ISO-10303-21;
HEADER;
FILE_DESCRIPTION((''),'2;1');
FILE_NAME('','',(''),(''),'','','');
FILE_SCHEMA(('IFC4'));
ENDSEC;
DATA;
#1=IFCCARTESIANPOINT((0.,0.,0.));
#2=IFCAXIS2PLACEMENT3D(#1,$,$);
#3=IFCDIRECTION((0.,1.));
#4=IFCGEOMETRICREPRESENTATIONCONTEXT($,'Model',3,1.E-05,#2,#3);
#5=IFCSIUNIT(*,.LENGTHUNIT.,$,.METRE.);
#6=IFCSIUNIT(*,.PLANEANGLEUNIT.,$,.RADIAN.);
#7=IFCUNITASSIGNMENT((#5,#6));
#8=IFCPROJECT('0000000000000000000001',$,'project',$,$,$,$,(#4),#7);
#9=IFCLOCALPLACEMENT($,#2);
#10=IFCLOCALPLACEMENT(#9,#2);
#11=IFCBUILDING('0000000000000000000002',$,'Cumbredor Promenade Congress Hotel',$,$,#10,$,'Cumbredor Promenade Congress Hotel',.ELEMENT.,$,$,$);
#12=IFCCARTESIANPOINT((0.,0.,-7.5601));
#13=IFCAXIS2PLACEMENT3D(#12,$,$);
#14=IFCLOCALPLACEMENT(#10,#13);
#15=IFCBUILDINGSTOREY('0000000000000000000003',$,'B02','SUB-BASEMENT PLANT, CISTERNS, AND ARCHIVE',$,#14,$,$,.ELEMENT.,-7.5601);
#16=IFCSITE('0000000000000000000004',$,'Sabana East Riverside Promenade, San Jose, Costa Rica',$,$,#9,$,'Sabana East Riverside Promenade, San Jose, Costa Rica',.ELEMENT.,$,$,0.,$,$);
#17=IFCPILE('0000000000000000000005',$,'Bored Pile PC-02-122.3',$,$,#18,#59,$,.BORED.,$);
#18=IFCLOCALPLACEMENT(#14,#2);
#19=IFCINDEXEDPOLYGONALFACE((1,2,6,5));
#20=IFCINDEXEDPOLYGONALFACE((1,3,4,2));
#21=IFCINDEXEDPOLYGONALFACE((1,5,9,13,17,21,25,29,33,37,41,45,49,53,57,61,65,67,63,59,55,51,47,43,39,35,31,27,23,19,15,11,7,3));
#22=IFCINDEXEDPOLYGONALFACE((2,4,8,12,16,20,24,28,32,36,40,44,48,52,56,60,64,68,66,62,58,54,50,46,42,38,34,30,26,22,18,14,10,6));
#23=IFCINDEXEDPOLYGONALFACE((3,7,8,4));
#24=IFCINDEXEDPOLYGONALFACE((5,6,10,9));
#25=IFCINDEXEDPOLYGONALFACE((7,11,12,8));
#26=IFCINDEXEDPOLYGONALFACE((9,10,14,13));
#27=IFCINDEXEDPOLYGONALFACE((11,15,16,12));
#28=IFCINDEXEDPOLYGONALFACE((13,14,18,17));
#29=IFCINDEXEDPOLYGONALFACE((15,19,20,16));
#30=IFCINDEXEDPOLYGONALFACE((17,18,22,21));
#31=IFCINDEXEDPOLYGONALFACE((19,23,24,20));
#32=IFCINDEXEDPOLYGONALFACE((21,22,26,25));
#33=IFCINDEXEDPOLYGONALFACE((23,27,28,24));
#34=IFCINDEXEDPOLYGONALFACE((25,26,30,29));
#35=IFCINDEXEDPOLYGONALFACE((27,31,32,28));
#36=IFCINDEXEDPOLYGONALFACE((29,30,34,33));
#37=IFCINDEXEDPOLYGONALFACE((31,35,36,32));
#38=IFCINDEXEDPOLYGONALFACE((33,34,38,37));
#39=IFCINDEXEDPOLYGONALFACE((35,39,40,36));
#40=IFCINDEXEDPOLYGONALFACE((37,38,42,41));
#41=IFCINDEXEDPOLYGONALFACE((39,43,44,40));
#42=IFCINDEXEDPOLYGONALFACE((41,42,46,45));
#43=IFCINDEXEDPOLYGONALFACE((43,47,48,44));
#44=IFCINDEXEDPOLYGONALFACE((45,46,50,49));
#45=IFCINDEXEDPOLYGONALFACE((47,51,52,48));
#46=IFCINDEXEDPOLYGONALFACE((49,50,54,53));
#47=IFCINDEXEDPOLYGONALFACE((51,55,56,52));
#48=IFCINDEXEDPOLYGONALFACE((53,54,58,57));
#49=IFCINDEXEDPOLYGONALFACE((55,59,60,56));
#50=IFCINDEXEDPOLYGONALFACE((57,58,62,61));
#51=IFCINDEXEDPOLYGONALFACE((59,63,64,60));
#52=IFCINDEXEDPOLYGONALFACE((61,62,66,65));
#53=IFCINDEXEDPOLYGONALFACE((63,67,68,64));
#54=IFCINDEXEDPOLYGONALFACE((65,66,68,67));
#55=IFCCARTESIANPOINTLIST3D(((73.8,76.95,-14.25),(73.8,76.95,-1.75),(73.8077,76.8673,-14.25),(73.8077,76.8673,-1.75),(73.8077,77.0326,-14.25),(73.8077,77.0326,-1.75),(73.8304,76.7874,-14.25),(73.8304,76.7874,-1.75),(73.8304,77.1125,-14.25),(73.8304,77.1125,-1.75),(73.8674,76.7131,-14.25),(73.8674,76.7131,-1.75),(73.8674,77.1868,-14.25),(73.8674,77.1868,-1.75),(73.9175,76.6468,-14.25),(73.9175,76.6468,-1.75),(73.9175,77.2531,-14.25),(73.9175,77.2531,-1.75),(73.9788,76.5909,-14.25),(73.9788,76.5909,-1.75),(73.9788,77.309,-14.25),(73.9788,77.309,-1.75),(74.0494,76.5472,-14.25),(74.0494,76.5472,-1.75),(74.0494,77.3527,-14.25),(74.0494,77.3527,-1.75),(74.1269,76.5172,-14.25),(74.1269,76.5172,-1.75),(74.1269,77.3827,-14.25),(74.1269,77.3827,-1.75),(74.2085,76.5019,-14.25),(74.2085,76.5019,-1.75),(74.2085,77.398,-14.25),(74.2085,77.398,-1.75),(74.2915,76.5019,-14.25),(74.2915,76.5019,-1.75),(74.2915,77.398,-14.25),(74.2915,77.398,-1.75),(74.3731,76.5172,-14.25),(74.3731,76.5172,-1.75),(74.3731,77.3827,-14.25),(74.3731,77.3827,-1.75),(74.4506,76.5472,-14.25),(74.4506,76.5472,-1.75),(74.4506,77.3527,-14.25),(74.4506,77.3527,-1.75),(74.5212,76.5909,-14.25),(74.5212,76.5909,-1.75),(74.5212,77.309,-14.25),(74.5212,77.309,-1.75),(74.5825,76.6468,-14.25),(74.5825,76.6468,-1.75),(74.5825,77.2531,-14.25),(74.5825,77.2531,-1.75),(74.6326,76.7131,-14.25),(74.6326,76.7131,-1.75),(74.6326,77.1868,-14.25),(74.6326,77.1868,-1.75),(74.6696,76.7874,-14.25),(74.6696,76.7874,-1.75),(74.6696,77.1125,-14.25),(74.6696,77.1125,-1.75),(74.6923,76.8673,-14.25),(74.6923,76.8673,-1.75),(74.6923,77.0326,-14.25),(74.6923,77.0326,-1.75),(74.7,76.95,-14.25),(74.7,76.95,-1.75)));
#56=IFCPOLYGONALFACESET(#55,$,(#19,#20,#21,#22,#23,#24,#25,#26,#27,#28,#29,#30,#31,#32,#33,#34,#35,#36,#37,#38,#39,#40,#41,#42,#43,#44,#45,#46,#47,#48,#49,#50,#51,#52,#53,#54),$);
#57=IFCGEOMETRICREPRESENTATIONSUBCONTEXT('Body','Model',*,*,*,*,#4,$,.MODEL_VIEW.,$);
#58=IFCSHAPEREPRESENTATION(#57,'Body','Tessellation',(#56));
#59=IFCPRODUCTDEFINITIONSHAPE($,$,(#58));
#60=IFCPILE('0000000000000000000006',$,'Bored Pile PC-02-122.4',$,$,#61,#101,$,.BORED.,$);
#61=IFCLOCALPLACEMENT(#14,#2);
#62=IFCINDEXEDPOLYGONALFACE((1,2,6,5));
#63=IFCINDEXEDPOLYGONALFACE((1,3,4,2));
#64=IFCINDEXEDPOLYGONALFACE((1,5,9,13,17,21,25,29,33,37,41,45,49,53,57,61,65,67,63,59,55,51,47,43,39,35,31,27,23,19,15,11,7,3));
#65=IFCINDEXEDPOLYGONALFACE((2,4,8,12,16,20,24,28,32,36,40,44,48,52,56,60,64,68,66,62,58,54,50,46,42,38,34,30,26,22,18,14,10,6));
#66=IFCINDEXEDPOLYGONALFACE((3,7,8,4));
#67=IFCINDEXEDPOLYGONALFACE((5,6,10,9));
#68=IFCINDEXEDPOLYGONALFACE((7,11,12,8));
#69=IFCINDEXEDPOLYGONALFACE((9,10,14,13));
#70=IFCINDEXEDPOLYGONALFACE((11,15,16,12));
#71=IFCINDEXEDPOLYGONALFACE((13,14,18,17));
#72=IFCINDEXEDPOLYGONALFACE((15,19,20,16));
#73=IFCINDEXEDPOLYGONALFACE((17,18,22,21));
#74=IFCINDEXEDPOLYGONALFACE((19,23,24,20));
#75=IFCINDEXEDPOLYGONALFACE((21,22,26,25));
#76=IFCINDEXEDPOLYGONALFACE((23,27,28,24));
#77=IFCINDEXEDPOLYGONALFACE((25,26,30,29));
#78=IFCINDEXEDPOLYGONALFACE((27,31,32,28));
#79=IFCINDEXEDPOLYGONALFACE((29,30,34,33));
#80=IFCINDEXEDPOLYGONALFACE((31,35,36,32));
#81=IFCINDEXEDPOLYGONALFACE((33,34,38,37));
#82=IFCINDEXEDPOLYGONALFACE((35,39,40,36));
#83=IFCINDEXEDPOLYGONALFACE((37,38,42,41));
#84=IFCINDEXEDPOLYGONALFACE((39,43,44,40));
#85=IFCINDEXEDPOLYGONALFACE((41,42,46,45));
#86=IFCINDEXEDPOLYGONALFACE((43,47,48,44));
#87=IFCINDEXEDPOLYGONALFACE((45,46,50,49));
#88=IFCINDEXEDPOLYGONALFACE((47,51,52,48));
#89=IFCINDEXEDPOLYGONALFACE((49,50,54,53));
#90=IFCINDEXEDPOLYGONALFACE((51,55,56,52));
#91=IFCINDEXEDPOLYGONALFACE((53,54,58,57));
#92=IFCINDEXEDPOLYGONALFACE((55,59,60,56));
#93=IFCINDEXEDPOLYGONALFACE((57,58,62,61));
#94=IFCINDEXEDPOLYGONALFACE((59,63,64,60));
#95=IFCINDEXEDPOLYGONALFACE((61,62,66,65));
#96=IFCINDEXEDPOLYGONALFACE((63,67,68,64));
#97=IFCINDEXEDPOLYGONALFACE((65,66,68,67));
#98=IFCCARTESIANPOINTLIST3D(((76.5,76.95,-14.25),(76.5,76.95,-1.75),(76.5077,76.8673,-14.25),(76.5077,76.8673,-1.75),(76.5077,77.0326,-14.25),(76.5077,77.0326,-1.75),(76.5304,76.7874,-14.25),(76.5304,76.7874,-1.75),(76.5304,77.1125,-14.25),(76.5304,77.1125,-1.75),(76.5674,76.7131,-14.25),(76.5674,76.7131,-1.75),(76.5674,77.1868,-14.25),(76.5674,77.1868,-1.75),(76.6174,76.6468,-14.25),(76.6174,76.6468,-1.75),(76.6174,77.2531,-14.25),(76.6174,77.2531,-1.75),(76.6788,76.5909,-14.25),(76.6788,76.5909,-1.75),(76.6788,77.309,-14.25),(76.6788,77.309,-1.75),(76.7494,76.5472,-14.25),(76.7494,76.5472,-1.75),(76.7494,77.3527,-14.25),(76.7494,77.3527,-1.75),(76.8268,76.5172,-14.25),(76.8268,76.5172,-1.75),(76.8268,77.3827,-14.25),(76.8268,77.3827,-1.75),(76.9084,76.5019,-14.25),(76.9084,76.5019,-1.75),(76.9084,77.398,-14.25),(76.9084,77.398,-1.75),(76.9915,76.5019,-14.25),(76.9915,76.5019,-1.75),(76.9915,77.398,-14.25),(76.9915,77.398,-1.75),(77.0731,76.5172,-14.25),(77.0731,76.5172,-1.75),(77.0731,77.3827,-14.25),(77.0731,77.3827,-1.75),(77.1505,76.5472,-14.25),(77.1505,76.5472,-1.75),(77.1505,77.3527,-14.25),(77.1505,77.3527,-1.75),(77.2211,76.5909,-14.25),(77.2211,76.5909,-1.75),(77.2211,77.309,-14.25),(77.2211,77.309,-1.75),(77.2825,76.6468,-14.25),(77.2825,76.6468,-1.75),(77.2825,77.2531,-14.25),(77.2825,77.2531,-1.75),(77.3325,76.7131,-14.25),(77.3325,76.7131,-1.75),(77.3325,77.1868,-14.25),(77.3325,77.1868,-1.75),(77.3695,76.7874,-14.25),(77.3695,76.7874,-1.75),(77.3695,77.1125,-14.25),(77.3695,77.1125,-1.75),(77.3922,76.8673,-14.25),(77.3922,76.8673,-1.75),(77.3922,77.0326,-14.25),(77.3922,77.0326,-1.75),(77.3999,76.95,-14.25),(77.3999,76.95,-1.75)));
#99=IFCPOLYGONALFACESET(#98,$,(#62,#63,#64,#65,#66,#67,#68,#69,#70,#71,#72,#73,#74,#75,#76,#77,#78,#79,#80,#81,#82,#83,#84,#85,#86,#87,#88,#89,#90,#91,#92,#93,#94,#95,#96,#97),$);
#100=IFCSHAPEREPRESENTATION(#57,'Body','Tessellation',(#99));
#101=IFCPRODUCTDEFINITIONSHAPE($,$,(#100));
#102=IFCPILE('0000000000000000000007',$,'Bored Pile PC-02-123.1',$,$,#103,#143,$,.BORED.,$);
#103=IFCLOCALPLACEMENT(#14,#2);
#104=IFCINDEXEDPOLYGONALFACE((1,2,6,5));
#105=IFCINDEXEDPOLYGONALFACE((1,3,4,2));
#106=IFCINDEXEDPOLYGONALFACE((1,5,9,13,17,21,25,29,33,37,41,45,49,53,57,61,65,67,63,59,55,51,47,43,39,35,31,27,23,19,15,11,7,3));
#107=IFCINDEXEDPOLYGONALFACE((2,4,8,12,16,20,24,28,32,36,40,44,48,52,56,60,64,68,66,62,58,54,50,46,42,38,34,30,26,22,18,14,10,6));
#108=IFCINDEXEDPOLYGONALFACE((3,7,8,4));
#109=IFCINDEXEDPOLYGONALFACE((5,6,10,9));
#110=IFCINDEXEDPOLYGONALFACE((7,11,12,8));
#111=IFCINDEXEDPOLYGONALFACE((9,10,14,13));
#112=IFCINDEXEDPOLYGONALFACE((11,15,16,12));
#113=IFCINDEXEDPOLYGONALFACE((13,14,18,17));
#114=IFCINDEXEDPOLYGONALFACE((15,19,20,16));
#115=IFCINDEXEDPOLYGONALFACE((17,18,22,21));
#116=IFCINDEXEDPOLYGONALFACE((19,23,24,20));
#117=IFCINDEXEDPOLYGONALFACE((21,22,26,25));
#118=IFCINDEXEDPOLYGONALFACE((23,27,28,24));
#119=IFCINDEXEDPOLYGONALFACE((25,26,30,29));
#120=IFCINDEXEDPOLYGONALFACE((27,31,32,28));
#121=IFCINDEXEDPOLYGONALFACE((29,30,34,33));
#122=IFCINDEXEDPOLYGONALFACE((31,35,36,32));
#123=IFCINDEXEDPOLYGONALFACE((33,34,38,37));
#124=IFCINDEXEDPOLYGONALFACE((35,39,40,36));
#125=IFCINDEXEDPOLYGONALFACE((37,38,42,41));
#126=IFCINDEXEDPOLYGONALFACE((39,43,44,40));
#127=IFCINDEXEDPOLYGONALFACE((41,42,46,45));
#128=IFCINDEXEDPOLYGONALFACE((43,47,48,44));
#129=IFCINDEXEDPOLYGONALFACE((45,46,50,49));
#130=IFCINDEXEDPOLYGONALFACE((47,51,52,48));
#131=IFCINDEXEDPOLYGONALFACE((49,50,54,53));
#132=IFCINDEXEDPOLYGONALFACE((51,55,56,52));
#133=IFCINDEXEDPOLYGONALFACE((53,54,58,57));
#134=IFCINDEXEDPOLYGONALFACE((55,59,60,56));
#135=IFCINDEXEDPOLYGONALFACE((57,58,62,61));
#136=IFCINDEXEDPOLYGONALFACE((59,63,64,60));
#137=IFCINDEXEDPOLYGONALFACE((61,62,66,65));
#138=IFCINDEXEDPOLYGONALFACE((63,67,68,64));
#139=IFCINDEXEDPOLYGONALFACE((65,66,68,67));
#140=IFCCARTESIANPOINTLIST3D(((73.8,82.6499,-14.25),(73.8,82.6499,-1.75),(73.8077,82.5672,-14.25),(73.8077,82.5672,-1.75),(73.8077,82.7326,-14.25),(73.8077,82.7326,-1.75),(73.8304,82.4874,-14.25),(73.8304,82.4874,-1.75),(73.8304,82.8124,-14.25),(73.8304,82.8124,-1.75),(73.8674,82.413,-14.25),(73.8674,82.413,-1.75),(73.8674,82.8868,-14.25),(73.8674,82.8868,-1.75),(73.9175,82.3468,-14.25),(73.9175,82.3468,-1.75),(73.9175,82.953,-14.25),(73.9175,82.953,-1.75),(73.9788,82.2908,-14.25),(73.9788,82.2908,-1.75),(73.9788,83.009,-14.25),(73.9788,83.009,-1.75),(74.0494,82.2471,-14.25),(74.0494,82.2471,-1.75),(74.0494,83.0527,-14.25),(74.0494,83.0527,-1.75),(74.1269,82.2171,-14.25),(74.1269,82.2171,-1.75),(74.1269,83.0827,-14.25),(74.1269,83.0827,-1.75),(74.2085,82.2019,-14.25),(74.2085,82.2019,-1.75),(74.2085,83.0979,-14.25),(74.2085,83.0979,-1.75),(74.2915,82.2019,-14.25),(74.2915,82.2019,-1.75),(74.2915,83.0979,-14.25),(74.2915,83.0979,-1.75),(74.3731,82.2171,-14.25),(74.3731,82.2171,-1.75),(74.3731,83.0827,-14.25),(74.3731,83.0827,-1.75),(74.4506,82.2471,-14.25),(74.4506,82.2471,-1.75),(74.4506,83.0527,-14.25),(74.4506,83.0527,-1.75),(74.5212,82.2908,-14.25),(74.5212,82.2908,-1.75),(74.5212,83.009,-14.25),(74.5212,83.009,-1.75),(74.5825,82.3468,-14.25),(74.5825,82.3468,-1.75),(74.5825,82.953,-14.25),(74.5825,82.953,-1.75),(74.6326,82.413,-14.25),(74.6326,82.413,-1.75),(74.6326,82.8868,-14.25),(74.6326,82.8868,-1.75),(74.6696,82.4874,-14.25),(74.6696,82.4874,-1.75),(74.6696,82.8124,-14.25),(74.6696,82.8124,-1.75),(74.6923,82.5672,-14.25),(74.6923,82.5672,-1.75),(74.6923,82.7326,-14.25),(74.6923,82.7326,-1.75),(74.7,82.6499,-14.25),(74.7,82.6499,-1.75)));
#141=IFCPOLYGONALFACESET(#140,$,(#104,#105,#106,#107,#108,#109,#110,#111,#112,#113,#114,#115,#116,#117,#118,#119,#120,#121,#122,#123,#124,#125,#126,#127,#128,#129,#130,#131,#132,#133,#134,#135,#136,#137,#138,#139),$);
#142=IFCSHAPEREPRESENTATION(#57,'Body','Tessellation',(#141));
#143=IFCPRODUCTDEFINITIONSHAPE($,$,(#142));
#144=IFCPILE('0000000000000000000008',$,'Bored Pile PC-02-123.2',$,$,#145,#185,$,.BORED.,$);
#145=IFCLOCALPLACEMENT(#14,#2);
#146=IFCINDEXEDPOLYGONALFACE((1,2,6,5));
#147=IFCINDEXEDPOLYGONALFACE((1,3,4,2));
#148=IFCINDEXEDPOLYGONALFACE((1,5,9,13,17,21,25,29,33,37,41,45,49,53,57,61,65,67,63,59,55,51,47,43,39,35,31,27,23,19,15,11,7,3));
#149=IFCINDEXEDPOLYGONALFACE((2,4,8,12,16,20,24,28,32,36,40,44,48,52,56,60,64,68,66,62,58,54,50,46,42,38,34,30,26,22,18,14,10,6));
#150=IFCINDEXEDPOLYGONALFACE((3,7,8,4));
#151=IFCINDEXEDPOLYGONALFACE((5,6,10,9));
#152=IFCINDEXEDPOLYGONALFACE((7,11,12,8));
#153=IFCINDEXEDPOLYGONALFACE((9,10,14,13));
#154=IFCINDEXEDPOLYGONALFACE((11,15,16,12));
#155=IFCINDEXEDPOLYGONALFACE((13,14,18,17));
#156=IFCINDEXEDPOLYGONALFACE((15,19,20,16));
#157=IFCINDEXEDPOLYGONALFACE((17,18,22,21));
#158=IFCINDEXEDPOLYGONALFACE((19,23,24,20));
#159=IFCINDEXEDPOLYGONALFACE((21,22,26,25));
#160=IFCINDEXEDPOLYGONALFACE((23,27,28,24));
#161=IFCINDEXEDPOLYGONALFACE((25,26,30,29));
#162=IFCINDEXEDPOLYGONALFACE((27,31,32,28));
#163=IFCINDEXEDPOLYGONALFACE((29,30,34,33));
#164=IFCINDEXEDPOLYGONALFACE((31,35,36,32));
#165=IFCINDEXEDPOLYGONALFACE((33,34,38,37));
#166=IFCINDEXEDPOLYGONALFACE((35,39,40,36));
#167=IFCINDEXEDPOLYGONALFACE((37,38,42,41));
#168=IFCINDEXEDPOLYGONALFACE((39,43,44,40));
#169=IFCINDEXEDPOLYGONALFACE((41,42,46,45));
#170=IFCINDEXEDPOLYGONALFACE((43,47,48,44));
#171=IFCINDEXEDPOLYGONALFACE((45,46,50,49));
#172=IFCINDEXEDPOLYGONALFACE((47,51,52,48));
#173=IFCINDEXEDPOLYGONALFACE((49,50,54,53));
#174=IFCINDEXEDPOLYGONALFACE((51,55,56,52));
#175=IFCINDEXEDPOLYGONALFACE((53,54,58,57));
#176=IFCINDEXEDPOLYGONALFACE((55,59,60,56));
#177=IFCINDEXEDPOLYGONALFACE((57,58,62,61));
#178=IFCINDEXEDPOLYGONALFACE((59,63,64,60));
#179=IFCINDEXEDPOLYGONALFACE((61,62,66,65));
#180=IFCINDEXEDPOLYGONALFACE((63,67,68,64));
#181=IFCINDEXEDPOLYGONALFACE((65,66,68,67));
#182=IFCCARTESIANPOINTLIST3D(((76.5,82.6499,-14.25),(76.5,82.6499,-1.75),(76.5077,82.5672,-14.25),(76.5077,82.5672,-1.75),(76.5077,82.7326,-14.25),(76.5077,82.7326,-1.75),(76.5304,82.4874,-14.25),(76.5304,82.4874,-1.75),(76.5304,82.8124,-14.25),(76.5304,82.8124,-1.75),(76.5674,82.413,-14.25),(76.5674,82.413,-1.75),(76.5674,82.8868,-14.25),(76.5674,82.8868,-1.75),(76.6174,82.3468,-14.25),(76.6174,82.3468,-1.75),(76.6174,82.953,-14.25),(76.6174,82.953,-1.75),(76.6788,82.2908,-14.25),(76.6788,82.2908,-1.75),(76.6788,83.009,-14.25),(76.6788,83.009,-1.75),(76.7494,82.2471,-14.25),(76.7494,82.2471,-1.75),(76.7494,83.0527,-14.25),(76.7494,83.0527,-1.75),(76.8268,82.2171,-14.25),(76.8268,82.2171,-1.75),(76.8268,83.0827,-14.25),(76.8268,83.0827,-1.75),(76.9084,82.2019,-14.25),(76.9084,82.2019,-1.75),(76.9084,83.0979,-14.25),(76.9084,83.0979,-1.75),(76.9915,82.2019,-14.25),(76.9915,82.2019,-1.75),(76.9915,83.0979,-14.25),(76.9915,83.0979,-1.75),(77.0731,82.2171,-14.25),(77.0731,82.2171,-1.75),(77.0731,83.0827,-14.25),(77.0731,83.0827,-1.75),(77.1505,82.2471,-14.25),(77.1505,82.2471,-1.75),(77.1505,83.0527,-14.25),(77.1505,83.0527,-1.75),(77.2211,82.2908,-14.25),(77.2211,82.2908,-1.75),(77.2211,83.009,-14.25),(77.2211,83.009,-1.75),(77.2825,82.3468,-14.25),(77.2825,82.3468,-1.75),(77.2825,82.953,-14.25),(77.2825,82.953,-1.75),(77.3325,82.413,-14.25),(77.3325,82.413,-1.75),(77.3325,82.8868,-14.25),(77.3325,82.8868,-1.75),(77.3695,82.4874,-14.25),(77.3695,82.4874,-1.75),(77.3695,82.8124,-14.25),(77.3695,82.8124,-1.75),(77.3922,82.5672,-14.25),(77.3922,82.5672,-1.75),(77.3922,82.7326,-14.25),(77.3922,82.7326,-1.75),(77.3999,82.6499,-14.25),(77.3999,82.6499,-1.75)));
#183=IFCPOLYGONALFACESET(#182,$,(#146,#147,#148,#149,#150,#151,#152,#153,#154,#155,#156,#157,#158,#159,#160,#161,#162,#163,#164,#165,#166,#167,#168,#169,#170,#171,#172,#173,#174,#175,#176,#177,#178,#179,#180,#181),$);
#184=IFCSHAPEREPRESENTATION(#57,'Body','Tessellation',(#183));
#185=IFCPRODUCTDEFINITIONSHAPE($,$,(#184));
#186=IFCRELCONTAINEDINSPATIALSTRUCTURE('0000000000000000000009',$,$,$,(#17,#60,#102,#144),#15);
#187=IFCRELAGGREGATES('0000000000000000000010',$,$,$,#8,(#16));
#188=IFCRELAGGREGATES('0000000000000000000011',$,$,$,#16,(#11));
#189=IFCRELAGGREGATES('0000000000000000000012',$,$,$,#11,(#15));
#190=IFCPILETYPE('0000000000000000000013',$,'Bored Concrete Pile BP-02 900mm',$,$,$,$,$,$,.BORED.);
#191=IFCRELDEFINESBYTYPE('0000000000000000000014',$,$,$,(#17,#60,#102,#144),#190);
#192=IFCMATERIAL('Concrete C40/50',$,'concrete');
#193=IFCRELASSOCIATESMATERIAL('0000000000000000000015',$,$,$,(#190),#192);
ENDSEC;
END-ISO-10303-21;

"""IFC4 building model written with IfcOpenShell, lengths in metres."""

from ifc_helpers import new_model, si_unit, direction, frame, origin, origin_2d, place, context, subcontext, project, spatial, circle, extrude, material, material_profile, profile_set, type_object, element, save


model = new_model("IFC4")

# Units and contexts
model_context = context("Model", 3, precision=1e-05, world=origin(), true_north=direction((0.0, 1.0)))
body_context = subcontext(model_context, "Body", "Model", "MODEL_VIEW")
ifc_project = project(units=[si_unit("LENGTHUNIT", "METRE"), si_unit("PLANEANGLEUNIT", "RADIAN")], contexts=[model_context])

# Site, building, storey
site_placement = place(None, origin())
site = spatial("IfcSite", under=ifc_project, at=site_placement, Name="Sabana East Riverside Promenade, San Jose, Costa Rica", LongName="Sabana East Riverside Promenade, San Jose, Costa Rica", CompositionType="ELEMENT", RefElevation=0.0)
building_placement = place(site_placement, origin())
building = spatial("IfcBuilding", under=site, at=building_placement, Name="Cumbredor Promenade Congress Hotel", LongName="Cumbredor Promenade Congress Hotel", CompositionType="ELEMENT")
storey_placement = place(building_placement, frame((0.0, 0.0, -7.5601)))
storey = spatial("IfcBuildingStorey", under=building, at=storey_placement, Name="B02", Description="SUB-BASEMENT PLANT, CISTERNS, AND ARCHIVE", CompositionType="ELEMENT", Elevation=-7.5601)

# Piles
ifc_material_1 = material(Name="Concrete C40/50", Category="concrete")
ifc_material_profile_1 = material_profile(ifc_material_1, circle(Radius=0.45, at=origin_2d()), Name="PILE D900")
ifc_profile_set_1 = profile_set([ifc_material_profile_1], Name="Concrete C40/50")
pile_type = type_object("IfcPileType", Name="Bored Concrete Pile BP-02 900mm", PredefinedType="BORED", material=ifc_profile_set_1)
for number, where, z_axis, x_axis, name in (
    (1, (74.25, 76.95, -1.75), (0.0, 0.0, -1.0), (1.0, 0.0, 0.0), "Bored Pile PC-02-122.3"),
    (2, (76.95, 76.95, -1.75), (0.0, 0.0, -1.0), (1.0, 0.0, 0.0), "Bored Pile PC-02-122.4"),
    (3, (74.25, 82.6499, -1.75), (0.0, 0.0, -1.0), (1.0, 0.0, 0.0), "Bored Pile PC-02-123.1"),
    (4, (76.95, 82.6499, -1.75), (0.0, 0.0, -1.0), (1.0, 0.0, 0.0), "Bored Pile PC-02-123.2"),
):
    element("IfcPile", number, at=place(storey_placement, frame(where, z_axis=z_axis, x_axis=x_axis)), inside=storey, type_object=pile_type, Name=name, PredefinedType="BORED", context=body_context, shape_type="SweptSolid", body=[
        extrude(circle(Radius=0.45, at=origin_2d()), origin(), (0.0, 0.0, 1.0), 12.5),
    ])

save(model, "model.ifc")
